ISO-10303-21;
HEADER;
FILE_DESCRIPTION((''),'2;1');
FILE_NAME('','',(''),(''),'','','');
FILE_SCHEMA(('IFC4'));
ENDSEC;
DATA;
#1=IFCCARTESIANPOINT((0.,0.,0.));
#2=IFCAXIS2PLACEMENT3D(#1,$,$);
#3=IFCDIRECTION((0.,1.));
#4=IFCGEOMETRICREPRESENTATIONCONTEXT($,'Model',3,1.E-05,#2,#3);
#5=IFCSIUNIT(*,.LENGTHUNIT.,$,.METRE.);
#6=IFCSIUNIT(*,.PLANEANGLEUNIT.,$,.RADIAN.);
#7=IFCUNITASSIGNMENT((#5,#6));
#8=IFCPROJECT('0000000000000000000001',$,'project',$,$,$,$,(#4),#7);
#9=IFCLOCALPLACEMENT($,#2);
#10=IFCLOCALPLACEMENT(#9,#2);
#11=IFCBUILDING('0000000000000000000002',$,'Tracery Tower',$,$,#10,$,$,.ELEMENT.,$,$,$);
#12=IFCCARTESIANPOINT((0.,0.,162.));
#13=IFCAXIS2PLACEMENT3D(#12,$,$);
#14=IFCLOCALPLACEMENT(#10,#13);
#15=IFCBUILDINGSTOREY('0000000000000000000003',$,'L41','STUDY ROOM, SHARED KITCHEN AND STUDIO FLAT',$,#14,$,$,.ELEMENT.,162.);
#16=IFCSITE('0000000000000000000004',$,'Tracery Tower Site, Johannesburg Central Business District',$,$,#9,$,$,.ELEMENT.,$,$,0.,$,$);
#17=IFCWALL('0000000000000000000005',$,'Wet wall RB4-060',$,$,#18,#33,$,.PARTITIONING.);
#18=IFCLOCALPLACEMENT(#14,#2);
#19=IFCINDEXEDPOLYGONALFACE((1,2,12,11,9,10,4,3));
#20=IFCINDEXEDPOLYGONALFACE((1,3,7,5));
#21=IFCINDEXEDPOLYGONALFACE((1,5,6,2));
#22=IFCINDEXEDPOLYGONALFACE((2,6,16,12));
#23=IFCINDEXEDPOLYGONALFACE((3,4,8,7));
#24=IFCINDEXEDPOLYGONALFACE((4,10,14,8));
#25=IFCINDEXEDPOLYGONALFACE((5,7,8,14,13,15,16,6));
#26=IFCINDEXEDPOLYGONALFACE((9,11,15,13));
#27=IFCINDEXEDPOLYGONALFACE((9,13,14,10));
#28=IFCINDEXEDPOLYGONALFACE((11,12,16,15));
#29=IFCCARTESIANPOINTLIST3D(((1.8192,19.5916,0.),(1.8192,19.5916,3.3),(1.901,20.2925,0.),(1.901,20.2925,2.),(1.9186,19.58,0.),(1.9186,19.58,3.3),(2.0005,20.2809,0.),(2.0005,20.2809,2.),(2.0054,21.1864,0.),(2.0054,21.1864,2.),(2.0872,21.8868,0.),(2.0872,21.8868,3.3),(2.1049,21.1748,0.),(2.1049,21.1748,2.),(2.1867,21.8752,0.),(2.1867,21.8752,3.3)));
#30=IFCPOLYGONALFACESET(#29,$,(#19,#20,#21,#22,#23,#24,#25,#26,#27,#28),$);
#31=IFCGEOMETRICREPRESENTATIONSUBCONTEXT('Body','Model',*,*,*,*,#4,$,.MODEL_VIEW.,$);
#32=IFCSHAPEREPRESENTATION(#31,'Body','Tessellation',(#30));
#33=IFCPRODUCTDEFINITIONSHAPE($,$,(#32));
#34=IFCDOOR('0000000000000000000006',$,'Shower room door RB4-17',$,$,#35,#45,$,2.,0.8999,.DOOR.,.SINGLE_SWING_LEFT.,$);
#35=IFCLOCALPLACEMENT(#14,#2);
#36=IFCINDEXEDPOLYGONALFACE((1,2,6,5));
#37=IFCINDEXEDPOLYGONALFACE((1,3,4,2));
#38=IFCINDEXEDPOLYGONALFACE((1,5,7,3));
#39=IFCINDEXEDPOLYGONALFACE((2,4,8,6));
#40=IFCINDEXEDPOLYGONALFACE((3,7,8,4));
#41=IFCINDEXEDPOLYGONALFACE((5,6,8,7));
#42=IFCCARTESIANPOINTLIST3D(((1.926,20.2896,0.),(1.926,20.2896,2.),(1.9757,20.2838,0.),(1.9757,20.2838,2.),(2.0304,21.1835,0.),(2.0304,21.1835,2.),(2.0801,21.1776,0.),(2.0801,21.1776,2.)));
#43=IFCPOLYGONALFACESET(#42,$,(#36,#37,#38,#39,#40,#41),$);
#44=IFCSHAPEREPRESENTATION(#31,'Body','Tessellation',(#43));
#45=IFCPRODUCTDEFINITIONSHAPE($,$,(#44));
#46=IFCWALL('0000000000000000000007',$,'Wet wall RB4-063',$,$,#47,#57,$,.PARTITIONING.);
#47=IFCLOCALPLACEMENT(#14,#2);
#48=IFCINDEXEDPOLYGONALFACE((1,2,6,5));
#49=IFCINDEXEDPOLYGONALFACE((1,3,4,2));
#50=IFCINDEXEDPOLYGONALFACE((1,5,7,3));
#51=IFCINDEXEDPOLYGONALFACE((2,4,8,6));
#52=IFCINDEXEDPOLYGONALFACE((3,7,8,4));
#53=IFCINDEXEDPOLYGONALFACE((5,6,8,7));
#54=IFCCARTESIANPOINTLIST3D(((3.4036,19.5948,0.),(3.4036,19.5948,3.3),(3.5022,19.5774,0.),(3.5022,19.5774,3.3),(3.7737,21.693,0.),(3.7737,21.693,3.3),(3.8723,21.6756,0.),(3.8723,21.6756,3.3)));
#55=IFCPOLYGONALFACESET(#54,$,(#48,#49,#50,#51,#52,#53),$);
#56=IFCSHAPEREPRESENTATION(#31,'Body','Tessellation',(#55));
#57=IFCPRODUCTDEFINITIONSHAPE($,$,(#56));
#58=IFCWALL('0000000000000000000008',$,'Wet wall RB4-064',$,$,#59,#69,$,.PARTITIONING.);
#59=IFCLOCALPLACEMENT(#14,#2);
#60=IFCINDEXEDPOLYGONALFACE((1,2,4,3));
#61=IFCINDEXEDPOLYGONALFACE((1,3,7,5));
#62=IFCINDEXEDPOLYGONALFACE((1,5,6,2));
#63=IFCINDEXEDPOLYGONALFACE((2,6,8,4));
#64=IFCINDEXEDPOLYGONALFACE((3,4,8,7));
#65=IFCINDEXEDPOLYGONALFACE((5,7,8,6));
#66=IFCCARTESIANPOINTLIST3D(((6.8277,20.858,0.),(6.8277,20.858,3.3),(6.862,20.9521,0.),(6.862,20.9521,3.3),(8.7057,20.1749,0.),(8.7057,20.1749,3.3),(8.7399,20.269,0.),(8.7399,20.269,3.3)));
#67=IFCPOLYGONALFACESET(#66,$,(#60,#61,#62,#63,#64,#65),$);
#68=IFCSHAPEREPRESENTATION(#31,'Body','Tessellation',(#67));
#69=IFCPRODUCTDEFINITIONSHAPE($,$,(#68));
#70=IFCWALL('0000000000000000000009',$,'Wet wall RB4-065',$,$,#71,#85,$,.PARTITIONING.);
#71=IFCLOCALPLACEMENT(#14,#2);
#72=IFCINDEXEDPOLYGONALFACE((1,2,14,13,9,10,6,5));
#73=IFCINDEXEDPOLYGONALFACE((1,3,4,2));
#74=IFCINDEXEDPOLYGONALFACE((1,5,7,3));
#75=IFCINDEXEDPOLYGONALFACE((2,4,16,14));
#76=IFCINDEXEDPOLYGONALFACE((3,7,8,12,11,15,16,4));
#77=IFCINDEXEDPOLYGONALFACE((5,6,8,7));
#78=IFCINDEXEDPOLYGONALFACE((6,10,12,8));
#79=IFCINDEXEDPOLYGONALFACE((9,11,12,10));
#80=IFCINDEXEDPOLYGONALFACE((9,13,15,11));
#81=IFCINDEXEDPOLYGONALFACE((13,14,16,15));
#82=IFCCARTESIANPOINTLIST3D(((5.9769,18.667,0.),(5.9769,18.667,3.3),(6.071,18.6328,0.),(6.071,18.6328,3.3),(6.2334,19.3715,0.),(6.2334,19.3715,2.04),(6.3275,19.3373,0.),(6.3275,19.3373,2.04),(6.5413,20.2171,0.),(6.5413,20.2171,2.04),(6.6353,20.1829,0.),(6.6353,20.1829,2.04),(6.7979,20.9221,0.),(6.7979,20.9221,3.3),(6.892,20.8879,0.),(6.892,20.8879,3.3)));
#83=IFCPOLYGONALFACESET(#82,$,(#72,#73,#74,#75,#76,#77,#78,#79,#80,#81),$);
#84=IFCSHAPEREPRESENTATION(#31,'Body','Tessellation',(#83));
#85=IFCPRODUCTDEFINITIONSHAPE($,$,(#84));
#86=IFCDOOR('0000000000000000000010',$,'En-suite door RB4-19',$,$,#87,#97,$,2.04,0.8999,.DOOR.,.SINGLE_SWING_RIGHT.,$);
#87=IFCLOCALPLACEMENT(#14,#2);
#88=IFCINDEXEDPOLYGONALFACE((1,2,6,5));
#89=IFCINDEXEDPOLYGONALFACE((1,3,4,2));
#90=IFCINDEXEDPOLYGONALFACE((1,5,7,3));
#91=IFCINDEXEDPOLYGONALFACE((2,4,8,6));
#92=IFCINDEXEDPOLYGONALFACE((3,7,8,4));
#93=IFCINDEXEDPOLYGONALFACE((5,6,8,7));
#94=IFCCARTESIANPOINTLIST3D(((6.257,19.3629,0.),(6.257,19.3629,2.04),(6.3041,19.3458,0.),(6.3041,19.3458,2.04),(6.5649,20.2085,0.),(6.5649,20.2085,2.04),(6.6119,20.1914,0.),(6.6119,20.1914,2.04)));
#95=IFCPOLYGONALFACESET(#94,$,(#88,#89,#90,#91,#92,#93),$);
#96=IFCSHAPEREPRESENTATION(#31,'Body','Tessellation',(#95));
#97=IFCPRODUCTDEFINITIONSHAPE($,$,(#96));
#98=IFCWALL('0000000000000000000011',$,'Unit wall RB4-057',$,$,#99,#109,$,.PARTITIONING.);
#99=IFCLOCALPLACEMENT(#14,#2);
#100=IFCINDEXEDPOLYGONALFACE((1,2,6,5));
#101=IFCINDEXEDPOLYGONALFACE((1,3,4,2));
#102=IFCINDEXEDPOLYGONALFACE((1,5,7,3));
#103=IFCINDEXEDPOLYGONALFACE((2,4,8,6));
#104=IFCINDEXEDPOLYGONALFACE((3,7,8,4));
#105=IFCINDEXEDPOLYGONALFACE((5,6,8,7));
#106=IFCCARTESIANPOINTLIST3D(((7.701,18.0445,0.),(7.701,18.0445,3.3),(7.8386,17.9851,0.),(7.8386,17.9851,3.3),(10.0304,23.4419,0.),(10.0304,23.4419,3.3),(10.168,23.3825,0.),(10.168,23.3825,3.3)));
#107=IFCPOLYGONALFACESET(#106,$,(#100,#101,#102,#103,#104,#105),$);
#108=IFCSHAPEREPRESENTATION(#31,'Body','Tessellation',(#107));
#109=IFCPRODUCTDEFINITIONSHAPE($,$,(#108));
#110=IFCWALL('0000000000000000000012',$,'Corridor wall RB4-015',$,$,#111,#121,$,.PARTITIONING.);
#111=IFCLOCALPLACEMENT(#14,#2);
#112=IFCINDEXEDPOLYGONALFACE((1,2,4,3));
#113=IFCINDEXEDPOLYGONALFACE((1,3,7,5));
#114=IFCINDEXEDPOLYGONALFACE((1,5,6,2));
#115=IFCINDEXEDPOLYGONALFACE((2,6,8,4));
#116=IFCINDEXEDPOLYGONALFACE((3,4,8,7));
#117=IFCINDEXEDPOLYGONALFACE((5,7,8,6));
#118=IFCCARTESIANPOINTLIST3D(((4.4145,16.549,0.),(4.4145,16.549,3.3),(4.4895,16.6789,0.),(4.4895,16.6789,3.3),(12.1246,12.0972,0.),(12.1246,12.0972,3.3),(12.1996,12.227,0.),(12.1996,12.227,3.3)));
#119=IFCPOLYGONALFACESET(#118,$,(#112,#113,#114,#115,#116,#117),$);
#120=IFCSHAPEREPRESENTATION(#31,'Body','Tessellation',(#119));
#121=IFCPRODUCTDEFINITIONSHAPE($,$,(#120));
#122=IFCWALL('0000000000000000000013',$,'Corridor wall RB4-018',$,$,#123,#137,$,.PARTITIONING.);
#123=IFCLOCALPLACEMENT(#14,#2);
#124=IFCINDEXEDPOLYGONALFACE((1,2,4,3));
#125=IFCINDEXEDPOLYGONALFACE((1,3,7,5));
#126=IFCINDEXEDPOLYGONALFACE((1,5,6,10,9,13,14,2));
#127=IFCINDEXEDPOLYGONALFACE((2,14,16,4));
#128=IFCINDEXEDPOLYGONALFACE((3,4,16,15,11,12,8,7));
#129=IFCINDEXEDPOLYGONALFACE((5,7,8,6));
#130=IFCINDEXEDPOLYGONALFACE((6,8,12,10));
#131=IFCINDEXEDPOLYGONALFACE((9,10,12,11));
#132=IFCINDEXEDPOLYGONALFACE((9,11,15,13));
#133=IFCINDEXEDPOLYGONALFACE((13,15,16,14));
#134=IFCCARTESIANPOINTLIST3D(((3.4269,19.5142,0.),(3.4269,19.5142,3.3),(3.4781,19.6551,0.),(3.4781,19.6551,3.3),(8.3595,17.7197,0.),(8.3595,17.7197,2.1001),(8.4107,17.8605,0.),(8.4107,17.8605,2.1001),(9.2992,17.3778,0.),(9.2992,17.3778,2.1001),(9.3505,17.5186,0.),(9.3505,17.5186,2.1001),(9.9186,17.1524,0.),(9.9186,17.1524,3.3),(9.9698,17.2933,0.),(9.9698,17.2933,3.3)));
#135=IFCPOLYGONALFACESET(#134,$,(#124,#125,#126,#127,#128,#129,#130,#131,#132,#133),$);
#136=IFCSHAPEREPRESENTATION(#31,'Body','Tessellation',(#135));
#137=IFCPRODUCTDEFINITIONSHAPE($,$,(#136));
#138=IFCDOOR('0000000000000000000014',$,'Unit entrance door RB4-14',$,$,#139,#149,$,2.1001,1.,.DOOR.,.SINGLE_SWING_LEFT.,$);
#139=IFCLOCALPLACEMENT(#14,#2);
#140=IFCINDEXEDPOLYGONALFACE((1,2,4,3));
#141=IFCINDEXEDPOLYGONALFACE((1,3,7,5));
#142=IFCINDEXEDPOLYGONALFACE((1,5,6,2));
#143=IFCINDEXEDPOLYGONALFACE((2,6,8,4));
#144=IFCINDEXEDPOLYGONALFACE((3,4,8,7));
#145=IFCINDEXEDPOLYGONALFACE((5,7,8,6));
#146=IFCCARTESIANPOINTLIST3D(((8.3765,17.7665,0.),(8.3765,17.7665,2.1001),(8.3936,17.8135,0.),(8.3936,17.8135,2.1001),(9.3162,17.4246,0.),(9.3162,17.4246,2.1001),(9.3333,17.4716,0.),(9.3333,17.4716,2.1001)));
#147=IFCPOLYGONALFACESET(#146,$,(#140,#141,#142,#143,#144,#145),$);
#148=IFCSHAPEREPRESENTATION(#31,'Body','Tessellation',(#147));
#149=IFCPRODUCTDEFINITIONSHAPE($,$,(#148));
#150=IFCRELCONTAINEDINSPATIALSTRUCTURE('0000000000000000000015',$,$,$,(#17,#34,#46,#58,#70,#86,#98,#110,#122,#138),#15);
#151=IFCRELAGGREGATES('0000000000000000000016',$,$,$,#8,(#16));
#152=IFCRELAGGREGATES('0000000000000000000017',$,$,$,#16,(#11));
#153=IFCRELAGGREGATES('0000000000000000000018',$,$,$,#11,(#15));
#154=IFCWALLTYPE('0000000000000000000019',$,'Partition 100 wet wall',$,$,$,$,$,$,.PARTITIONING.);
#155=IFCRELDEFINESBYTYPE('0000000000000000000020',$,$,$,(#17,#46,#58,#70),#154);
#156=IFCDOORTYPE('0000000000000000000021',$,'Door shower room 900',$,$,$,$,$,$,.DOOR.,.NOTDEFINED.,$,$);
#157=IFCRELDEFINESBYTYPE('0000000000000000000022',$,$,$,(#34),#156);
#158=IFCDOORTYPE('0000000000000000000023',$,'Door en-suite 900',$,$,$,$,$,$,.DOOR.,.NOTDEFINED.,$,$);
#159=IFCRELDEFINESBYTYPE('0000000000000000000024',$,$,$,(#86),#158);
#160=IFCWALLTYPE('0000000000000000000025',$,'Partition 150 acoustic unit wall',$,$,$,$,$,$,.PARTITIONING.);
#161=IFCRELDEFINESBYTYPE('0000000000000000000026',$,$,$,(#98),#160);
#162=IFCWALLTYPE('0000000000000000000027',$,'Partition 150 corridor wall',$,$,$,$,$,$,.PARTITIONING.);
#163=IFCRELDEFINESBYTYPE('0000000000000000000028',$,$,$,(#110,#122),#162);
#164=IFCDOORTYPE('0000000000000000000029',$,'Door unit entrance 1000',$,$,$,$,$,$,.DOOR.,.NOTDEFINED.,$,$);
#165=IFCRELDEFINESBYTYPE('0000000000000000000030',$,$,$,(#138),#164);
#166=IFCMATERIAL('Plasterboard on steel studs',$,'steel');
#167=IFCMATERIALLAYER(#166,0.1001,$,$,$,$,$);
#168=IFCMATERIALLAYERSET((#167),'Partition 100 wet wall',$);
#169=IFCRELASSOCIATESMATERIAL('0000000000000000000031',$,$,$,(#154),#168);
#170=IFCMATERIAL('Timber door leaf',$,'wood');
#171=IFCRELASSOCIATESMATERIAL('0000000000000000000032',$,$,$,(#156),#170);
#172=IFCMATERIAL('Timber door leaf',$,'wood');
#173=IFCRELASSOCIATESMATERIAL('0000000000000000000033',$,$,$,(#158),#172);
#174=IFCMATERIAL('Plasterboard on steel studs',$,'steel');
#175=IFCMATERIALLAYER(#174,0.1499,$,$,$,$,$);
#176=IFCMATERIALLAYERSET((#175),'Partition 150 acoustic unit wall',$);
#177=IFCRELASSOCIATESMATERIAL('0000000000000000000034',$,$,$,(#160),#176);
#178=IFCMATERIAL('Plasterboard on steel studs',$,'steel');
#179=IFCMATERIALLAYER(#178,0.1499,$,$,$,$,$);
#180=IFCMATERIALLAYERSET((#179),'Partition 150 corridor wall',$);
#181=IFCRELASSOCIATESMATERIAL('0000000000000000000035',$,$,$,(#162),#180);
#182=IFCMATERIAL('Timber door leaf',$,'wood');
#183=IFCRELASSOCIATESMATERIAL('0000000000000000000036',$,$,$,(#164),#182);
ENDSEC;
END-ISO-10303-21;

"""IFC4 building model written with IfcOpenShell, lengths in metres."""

from ifc_helpers import new_model, si_unit, direction, frame, frame_2d, origin, place, context, subcontext, project, spatial, rectangle, extrude, material, layer, layer_set, type_object, element, fill, save


model = new_model("IFC4")

# Units and contexts
model_context = context("Model", 3, precision=1e-05, world=origin(), true_north=direction((0.0, 1.0)))
body_context = subcontext(model_context, "Body", "Model", "MODEL_VIEW")
ifc_project = project(units=[si_unit("LENGTHUNIT", "METRE"), si_unit("PLANEANGLEUNIT", "RADIAN")], contexts=[model_context])

# Site, building, storey
site_placement = place(None, origin())
site = spatial("IfcSite", under=ifc_project, at=site_placement, Name="Tracery Tower Site, Johannesburg Central Business District", CompositionType="ELEMENT", RefElevation=0.0)
building_placement = place(site_placement, origin())
building = spatial("IfcBuilding", under=site, at=building_placement, Name="Tracery Tower", CompositionType="ELEMENT")
storey_placement = place(building_placement, frame((0.0, 0.0, 162.0)))
storey = spatial("IfcBuildingStorey", under=building, at=storey_placement, Name="L41", Description="STUDY ROOM, SHARED KITCHEN AND STUDIO FLAT", CompositionType="ELEMENT", Elevation=162.0)

# Shared definitions
ifc_material_1 = material(Name="Plasterboard on steel studs", Category="steel")
ifc_layer_1 = layer(ifc_material_1, 0.1001)
ifc_layer_set_1 = layer_set([ifc_layer_1], Name="Partition 100 wet wall")
wall_type_1 = type_object("IfcWallType", Name="Partition 100 wet wall", PredefinedType="PARTITIONING", material=ifc_layer_set_1)

# Wall, opening, door
wall_1_placement = place(storey_placement, frame((1.8689, 19.5859, 0.0), z_axis=(0.0, 0.0, 1.0), x_axis=(0.116008, 0.993248, 0.0)))
wall_1 = element("IfcWall", 1, at=wall_1_placement, inside=storey, type_object=wall_type_1, Name="Wet wall RB4-060", PredefinedType="PARTITIONING", context=body_context, shape_type="SweptSolid", body=[
    extrude(rectangle(XDim=2.3108, YDim=0.1001, at=frame_2d((1.1553, 0.0))), origin(), (0.0, 0.0, 1.0), 3.3),
])
opening_1_placement = place(wall_1_placement, frame((0.7056, 0.0, 0.0)))
opening_1 = element("IfcOpeningElement", 2, at=opening_1_placement, cuts=wall_1, PredefinedType="OPENING", context=body_context, shape_type="SweptSolid", body=[
    extrude(rectangle(XDim=0.8999, YDim=2.0, at=frame_2d((0.45, 1.0))), frame((0.0, 0.05, 0.0), z_axis=(0.0, -1.0, 0.0), x_axis=(1.0, 0.0, 0.0)), (0.0, 0.0, 1.0), 0.1001),
])
ifc_material_2 = material(Name="Timber door leaf", Category="wood")
door_type_1 = type_object("IfcDoorType", Name="Door shower room 900", OperationType="NOTDEFINED", PredefinedType="DOOR", material=ifc_material_2)
door_1_placement = place(opening_1_placement, origin())
door_1 = element("IfcDoor", 3, at=door_1_placement, inside=storey, type_object=door_type_1, Name="Shower room door RB4-17", OperationType="SINGLE_SWING_LEFT", OverallHeight=2.0, OverallWidth=0.8999, PredefinedType="DOOR", context=body_context, shape_type="SweptSolid", body=[
    extrude(rectangle(XDim=0.8999, YDim=2.0, at=frame_2d((0.45, 1.0))), frame((0.0, 0.0249, 0.0), z_axis=(0.0, -1.0, 0.0), x_axis=(1.0, 0.0, 0.0)), (0.0, 0.0, 1.0), 0.05),
])
fill(opening_1, door_1)

# Walls
wall_2_placement = place(storey_placement, frame((3.4529, 19.5859, 0.0), z_axis=(0.0, 0.0, 1.0), x_axis=(0.17372, 0.984795, 0.0)))
element("IfcWall", 4, at=wall_2_placement, inside=storey, type_object=wall_type_1, Name="Wet wall RB4-063", PredefinedType="PARTITIONING", context=body_context, shape_type="SweptSolid", body=[
    extrude(rectangle(XDim=2.1306, YDim=0.1001, at=frame_2d((1.0654, 0.0))), origin(), (0.0, 0.0, 1.0), 3.3),
])
wall_3_placement = place(storey_placement, frame((6.845, 20.905, 0.0), z_axis=(0.0, 0.0, 1.0), x_axis=(0.939758, -0.341841, 0.0)))
element("IfcWall", 5, at=wall_3_placement, inside=storey, type_object=wall_type_1, Name="Wet wall RB4-064", PredefinedType="PARTITIONING", context=body_context, shape_type="SweptSolid", body=[
    extrude(rectangle(XDim=1.9983, YDim=0.1001, at=frame_2d((0.999, 0.0))), origin(), (0.0, 0.0, 1.0), 3.3),
])

# Wall, opening, door
wall_4_placement = place(storey_placement, frame((6.0239, 18.6499, 0.0), z_axis=(0.0, 0.0, 1.0), x_axis=(0.342111, 0.93966, 0.0)))
wall_4 = element("IfcWall", 6, at=wall_4_placement, inside=storey, type_object=wall_type_1, Name="Wet wall RB4-065", PredefinedType="PARTITIONING", context=body_context, shape_type="SweptSolid", body=[
    extrude(rectangle(XDim=2.3999, YDim=0.1001, at=frame_2d((1.2, 0.0))), origin(), (0.0, 0.0, 1.0), 3.3),
])
opening_2_placement = place(wall_4_placement, frame((0.7498, 0.0, 0.0)))
opening_2 = element("IfcOpeningElement", 7, at=opening_2_placement, cuts=wall_4, PredefinedType="OPENING", context=body_context, shape_type="SweptSolid", body=[
    extrude(rectangle(XDim=0.8999, YDim=2.04, at=frame_2d((0.45, 1.02))), frame((0.0, 0.05, 0.0), z_axis=(0.0, -1.0, 0.0), x_axis=(1.0, 0.0, 0.0)), (0.0, 0.0, 1.0), 0.1001),
])
ifc_material_3 = material(Name="Timber door leaf", Category="wood")
door_type_2 = type_object("IfcDoorType", Name="Door en-suite 900", OperationType="NOTDEFINED", PredefinedType="DOOR", material=ifc_material_3)
door_2_placement = place(opening_2_placement, origin())
door_2 = element("IfcDoor", 8, at=door_2_placement, inside=storey, type_object=door_type_2, Name="En-suite door RB4-19", OperationType="SINGLE_SWING_RIGHT", OverallHeight=2.04, OverallWidth=0.8999, PredefinedType="DOOR", context=body_context, shape_type="SweptSolid", body=[
    extrude(rectangle(XDim=0.8999, YDim=2.04, at=frame_2d((0.45, 1.02))), frame((0.0, 0.0249, 0.0), z_axis=(0.0, -1.0, 0.0), x_axis=(1.0, 0.0, 0.0)), (0.0, 0.0, 1.0), 0.05),
])
fill(opening_2, door_2)

# Walls
ifc_material_4 = material(Name="Plasterboard on steel studs", Category="steel")
ifc_layer_2 = layer(ifc_material_4, 0.1499)
ifc_layer_set_2 = layer_set([ifc_layer_2], Name="Partition 150 acoustic unit wall")
wall_type_2 = type_object("IfcWallType", Name="Partition 150 acoustic unit wall", PredefinedType="PARTITIONING", material=ifc_layer_set_2)
wall_5_placement = place(storey_placement, frame((7.7698, 18.0146, 0.0), z_axis=(0.0, 0.0, 1.0), x_axis=(0.396239, 0.918148, 0.0)))
element("IfcWall", 9, at=wall_5_placement, inside=storey, type_object=wall_type_2, Name="Unit wall RB4-057", PredefinedType="PARTITIONING", context=body_context, shape_type="SweptSolid", body=[
    extrude(rectangle(XDim=5.8787, YDim=0.1499, at=frame_2d((2.9395, 0.0))), origin(), (0.0, 0.0, 1.0), 3.3),
])
ifc_material_5 = material(Name="Plasterboard on steel studs", Category="steel")
ifc_layer_3 = layer(ifc_material_5, 0.1499)
ifc_layer_set_3 = layer_set([ifc_layer_3], Name="Partition 150 corridor wall")
wall_type_3 = type_object("IfcWallType", Name="Partition 150 corridor wall", PredefinedType="PARTITIONING", material=ifc_layer_set_3)
wall_6_placement = place(storey_placement, frame((4.4519, 16.614, 0.0), z_axis=(0.0, 0.0, 1.0), x_axis=(0.866005, -0.500035, 0.0)))
element("IfcWall", 10, at=wall_6_placement, inside=storey, type_object=wall_type_3, Name="Corridor wall RB4-015", PredefinedType="PARTITIONING", context=body_context, shape_type="SweptSolid", body=[
    extrude(rectangle(XDim=8.9031, YDim=0.1499, at=frame_2d((4.4517, 0.0))), origin(), (0.0, 0.0, 1.0), 3.3),
])

# Wall, opening, door
wall_7_placement = place(storey_placement, frame((3.4524, 19.5847, 0.0), z_axis=(0.0, 0.0, 1.0), x_axis=(0.939738, -0.341896, 0.0)))
wall_7 = element("IfcWall", 11, at=wall_7_placement, inside=storey, type_object=wall_type_3, Name="Corridor wall RB4-018", PredefinedType="PARTITIONING", context=body_context, shape_type="SweptSolid", body=[
    extrude(rectangle(XDim=6.908, YDim=0.1499, at=frame_2d((3.4541, 0.0))), origin(), (0.0, 0.0, 1.0), 3.3),
])
opening_3_placement = place(wall_7_placement, frame((5.249, 0.0, 0.0)))
opening_3 = element("IfcOpeningElement", 12, at=opening_3_placement, cuts=wall_7, PredefinedType="OPENING", context=body_context, shape_type="SweptSolid", body=[
    extrude(rectangle(XDim=1.0, YDim=2.1001, at=frame_2d((0.5, 1.05))), frame((0.0, 0.075, 0.0), z_axis=(0.0, -1.0, 0.0), x_axis=(1.0, 0.0, 0.0)), (0.0, 0.0, 1.0), 0.1499),
])
ifc_material_6 = material(Name="Timber door leaf", Category="wood")
door_type_3 = type_object("IfcDoorType", Name="Door unit entrance 1000", OperationType="NOTDEFINED", PredefinedType="DOOR", material=ifc_material_6)
door_3_placement = place(opening_3_placement, origin())
door_3 = element("IfcDoor", 13, at=door_3_placement, inside=storey, type_object=door_type_3, Name="Unit entrance door RB4-14", OperationType="SINGLE_SWING_LEFT", OverallHeight=2.1001, OverallWidth=1.0, PredefinedType="DOOR", context=body_context, shape_type="SweptSolid", body=[
    extrude(rectangle(XDim=1.0, YDim=2.1001, at=frame_2d((0.5, 1.05))), frame((0.0, 0.0249, 0.0), z_axis=(0.0, -1.0, 0.0), x_axis=(1.0, 0.0, 0.0)), (0.0, 0.0, 1.0), 0.05),
])
fill(opening_3, door_3)

save(model, "model.ifc")
